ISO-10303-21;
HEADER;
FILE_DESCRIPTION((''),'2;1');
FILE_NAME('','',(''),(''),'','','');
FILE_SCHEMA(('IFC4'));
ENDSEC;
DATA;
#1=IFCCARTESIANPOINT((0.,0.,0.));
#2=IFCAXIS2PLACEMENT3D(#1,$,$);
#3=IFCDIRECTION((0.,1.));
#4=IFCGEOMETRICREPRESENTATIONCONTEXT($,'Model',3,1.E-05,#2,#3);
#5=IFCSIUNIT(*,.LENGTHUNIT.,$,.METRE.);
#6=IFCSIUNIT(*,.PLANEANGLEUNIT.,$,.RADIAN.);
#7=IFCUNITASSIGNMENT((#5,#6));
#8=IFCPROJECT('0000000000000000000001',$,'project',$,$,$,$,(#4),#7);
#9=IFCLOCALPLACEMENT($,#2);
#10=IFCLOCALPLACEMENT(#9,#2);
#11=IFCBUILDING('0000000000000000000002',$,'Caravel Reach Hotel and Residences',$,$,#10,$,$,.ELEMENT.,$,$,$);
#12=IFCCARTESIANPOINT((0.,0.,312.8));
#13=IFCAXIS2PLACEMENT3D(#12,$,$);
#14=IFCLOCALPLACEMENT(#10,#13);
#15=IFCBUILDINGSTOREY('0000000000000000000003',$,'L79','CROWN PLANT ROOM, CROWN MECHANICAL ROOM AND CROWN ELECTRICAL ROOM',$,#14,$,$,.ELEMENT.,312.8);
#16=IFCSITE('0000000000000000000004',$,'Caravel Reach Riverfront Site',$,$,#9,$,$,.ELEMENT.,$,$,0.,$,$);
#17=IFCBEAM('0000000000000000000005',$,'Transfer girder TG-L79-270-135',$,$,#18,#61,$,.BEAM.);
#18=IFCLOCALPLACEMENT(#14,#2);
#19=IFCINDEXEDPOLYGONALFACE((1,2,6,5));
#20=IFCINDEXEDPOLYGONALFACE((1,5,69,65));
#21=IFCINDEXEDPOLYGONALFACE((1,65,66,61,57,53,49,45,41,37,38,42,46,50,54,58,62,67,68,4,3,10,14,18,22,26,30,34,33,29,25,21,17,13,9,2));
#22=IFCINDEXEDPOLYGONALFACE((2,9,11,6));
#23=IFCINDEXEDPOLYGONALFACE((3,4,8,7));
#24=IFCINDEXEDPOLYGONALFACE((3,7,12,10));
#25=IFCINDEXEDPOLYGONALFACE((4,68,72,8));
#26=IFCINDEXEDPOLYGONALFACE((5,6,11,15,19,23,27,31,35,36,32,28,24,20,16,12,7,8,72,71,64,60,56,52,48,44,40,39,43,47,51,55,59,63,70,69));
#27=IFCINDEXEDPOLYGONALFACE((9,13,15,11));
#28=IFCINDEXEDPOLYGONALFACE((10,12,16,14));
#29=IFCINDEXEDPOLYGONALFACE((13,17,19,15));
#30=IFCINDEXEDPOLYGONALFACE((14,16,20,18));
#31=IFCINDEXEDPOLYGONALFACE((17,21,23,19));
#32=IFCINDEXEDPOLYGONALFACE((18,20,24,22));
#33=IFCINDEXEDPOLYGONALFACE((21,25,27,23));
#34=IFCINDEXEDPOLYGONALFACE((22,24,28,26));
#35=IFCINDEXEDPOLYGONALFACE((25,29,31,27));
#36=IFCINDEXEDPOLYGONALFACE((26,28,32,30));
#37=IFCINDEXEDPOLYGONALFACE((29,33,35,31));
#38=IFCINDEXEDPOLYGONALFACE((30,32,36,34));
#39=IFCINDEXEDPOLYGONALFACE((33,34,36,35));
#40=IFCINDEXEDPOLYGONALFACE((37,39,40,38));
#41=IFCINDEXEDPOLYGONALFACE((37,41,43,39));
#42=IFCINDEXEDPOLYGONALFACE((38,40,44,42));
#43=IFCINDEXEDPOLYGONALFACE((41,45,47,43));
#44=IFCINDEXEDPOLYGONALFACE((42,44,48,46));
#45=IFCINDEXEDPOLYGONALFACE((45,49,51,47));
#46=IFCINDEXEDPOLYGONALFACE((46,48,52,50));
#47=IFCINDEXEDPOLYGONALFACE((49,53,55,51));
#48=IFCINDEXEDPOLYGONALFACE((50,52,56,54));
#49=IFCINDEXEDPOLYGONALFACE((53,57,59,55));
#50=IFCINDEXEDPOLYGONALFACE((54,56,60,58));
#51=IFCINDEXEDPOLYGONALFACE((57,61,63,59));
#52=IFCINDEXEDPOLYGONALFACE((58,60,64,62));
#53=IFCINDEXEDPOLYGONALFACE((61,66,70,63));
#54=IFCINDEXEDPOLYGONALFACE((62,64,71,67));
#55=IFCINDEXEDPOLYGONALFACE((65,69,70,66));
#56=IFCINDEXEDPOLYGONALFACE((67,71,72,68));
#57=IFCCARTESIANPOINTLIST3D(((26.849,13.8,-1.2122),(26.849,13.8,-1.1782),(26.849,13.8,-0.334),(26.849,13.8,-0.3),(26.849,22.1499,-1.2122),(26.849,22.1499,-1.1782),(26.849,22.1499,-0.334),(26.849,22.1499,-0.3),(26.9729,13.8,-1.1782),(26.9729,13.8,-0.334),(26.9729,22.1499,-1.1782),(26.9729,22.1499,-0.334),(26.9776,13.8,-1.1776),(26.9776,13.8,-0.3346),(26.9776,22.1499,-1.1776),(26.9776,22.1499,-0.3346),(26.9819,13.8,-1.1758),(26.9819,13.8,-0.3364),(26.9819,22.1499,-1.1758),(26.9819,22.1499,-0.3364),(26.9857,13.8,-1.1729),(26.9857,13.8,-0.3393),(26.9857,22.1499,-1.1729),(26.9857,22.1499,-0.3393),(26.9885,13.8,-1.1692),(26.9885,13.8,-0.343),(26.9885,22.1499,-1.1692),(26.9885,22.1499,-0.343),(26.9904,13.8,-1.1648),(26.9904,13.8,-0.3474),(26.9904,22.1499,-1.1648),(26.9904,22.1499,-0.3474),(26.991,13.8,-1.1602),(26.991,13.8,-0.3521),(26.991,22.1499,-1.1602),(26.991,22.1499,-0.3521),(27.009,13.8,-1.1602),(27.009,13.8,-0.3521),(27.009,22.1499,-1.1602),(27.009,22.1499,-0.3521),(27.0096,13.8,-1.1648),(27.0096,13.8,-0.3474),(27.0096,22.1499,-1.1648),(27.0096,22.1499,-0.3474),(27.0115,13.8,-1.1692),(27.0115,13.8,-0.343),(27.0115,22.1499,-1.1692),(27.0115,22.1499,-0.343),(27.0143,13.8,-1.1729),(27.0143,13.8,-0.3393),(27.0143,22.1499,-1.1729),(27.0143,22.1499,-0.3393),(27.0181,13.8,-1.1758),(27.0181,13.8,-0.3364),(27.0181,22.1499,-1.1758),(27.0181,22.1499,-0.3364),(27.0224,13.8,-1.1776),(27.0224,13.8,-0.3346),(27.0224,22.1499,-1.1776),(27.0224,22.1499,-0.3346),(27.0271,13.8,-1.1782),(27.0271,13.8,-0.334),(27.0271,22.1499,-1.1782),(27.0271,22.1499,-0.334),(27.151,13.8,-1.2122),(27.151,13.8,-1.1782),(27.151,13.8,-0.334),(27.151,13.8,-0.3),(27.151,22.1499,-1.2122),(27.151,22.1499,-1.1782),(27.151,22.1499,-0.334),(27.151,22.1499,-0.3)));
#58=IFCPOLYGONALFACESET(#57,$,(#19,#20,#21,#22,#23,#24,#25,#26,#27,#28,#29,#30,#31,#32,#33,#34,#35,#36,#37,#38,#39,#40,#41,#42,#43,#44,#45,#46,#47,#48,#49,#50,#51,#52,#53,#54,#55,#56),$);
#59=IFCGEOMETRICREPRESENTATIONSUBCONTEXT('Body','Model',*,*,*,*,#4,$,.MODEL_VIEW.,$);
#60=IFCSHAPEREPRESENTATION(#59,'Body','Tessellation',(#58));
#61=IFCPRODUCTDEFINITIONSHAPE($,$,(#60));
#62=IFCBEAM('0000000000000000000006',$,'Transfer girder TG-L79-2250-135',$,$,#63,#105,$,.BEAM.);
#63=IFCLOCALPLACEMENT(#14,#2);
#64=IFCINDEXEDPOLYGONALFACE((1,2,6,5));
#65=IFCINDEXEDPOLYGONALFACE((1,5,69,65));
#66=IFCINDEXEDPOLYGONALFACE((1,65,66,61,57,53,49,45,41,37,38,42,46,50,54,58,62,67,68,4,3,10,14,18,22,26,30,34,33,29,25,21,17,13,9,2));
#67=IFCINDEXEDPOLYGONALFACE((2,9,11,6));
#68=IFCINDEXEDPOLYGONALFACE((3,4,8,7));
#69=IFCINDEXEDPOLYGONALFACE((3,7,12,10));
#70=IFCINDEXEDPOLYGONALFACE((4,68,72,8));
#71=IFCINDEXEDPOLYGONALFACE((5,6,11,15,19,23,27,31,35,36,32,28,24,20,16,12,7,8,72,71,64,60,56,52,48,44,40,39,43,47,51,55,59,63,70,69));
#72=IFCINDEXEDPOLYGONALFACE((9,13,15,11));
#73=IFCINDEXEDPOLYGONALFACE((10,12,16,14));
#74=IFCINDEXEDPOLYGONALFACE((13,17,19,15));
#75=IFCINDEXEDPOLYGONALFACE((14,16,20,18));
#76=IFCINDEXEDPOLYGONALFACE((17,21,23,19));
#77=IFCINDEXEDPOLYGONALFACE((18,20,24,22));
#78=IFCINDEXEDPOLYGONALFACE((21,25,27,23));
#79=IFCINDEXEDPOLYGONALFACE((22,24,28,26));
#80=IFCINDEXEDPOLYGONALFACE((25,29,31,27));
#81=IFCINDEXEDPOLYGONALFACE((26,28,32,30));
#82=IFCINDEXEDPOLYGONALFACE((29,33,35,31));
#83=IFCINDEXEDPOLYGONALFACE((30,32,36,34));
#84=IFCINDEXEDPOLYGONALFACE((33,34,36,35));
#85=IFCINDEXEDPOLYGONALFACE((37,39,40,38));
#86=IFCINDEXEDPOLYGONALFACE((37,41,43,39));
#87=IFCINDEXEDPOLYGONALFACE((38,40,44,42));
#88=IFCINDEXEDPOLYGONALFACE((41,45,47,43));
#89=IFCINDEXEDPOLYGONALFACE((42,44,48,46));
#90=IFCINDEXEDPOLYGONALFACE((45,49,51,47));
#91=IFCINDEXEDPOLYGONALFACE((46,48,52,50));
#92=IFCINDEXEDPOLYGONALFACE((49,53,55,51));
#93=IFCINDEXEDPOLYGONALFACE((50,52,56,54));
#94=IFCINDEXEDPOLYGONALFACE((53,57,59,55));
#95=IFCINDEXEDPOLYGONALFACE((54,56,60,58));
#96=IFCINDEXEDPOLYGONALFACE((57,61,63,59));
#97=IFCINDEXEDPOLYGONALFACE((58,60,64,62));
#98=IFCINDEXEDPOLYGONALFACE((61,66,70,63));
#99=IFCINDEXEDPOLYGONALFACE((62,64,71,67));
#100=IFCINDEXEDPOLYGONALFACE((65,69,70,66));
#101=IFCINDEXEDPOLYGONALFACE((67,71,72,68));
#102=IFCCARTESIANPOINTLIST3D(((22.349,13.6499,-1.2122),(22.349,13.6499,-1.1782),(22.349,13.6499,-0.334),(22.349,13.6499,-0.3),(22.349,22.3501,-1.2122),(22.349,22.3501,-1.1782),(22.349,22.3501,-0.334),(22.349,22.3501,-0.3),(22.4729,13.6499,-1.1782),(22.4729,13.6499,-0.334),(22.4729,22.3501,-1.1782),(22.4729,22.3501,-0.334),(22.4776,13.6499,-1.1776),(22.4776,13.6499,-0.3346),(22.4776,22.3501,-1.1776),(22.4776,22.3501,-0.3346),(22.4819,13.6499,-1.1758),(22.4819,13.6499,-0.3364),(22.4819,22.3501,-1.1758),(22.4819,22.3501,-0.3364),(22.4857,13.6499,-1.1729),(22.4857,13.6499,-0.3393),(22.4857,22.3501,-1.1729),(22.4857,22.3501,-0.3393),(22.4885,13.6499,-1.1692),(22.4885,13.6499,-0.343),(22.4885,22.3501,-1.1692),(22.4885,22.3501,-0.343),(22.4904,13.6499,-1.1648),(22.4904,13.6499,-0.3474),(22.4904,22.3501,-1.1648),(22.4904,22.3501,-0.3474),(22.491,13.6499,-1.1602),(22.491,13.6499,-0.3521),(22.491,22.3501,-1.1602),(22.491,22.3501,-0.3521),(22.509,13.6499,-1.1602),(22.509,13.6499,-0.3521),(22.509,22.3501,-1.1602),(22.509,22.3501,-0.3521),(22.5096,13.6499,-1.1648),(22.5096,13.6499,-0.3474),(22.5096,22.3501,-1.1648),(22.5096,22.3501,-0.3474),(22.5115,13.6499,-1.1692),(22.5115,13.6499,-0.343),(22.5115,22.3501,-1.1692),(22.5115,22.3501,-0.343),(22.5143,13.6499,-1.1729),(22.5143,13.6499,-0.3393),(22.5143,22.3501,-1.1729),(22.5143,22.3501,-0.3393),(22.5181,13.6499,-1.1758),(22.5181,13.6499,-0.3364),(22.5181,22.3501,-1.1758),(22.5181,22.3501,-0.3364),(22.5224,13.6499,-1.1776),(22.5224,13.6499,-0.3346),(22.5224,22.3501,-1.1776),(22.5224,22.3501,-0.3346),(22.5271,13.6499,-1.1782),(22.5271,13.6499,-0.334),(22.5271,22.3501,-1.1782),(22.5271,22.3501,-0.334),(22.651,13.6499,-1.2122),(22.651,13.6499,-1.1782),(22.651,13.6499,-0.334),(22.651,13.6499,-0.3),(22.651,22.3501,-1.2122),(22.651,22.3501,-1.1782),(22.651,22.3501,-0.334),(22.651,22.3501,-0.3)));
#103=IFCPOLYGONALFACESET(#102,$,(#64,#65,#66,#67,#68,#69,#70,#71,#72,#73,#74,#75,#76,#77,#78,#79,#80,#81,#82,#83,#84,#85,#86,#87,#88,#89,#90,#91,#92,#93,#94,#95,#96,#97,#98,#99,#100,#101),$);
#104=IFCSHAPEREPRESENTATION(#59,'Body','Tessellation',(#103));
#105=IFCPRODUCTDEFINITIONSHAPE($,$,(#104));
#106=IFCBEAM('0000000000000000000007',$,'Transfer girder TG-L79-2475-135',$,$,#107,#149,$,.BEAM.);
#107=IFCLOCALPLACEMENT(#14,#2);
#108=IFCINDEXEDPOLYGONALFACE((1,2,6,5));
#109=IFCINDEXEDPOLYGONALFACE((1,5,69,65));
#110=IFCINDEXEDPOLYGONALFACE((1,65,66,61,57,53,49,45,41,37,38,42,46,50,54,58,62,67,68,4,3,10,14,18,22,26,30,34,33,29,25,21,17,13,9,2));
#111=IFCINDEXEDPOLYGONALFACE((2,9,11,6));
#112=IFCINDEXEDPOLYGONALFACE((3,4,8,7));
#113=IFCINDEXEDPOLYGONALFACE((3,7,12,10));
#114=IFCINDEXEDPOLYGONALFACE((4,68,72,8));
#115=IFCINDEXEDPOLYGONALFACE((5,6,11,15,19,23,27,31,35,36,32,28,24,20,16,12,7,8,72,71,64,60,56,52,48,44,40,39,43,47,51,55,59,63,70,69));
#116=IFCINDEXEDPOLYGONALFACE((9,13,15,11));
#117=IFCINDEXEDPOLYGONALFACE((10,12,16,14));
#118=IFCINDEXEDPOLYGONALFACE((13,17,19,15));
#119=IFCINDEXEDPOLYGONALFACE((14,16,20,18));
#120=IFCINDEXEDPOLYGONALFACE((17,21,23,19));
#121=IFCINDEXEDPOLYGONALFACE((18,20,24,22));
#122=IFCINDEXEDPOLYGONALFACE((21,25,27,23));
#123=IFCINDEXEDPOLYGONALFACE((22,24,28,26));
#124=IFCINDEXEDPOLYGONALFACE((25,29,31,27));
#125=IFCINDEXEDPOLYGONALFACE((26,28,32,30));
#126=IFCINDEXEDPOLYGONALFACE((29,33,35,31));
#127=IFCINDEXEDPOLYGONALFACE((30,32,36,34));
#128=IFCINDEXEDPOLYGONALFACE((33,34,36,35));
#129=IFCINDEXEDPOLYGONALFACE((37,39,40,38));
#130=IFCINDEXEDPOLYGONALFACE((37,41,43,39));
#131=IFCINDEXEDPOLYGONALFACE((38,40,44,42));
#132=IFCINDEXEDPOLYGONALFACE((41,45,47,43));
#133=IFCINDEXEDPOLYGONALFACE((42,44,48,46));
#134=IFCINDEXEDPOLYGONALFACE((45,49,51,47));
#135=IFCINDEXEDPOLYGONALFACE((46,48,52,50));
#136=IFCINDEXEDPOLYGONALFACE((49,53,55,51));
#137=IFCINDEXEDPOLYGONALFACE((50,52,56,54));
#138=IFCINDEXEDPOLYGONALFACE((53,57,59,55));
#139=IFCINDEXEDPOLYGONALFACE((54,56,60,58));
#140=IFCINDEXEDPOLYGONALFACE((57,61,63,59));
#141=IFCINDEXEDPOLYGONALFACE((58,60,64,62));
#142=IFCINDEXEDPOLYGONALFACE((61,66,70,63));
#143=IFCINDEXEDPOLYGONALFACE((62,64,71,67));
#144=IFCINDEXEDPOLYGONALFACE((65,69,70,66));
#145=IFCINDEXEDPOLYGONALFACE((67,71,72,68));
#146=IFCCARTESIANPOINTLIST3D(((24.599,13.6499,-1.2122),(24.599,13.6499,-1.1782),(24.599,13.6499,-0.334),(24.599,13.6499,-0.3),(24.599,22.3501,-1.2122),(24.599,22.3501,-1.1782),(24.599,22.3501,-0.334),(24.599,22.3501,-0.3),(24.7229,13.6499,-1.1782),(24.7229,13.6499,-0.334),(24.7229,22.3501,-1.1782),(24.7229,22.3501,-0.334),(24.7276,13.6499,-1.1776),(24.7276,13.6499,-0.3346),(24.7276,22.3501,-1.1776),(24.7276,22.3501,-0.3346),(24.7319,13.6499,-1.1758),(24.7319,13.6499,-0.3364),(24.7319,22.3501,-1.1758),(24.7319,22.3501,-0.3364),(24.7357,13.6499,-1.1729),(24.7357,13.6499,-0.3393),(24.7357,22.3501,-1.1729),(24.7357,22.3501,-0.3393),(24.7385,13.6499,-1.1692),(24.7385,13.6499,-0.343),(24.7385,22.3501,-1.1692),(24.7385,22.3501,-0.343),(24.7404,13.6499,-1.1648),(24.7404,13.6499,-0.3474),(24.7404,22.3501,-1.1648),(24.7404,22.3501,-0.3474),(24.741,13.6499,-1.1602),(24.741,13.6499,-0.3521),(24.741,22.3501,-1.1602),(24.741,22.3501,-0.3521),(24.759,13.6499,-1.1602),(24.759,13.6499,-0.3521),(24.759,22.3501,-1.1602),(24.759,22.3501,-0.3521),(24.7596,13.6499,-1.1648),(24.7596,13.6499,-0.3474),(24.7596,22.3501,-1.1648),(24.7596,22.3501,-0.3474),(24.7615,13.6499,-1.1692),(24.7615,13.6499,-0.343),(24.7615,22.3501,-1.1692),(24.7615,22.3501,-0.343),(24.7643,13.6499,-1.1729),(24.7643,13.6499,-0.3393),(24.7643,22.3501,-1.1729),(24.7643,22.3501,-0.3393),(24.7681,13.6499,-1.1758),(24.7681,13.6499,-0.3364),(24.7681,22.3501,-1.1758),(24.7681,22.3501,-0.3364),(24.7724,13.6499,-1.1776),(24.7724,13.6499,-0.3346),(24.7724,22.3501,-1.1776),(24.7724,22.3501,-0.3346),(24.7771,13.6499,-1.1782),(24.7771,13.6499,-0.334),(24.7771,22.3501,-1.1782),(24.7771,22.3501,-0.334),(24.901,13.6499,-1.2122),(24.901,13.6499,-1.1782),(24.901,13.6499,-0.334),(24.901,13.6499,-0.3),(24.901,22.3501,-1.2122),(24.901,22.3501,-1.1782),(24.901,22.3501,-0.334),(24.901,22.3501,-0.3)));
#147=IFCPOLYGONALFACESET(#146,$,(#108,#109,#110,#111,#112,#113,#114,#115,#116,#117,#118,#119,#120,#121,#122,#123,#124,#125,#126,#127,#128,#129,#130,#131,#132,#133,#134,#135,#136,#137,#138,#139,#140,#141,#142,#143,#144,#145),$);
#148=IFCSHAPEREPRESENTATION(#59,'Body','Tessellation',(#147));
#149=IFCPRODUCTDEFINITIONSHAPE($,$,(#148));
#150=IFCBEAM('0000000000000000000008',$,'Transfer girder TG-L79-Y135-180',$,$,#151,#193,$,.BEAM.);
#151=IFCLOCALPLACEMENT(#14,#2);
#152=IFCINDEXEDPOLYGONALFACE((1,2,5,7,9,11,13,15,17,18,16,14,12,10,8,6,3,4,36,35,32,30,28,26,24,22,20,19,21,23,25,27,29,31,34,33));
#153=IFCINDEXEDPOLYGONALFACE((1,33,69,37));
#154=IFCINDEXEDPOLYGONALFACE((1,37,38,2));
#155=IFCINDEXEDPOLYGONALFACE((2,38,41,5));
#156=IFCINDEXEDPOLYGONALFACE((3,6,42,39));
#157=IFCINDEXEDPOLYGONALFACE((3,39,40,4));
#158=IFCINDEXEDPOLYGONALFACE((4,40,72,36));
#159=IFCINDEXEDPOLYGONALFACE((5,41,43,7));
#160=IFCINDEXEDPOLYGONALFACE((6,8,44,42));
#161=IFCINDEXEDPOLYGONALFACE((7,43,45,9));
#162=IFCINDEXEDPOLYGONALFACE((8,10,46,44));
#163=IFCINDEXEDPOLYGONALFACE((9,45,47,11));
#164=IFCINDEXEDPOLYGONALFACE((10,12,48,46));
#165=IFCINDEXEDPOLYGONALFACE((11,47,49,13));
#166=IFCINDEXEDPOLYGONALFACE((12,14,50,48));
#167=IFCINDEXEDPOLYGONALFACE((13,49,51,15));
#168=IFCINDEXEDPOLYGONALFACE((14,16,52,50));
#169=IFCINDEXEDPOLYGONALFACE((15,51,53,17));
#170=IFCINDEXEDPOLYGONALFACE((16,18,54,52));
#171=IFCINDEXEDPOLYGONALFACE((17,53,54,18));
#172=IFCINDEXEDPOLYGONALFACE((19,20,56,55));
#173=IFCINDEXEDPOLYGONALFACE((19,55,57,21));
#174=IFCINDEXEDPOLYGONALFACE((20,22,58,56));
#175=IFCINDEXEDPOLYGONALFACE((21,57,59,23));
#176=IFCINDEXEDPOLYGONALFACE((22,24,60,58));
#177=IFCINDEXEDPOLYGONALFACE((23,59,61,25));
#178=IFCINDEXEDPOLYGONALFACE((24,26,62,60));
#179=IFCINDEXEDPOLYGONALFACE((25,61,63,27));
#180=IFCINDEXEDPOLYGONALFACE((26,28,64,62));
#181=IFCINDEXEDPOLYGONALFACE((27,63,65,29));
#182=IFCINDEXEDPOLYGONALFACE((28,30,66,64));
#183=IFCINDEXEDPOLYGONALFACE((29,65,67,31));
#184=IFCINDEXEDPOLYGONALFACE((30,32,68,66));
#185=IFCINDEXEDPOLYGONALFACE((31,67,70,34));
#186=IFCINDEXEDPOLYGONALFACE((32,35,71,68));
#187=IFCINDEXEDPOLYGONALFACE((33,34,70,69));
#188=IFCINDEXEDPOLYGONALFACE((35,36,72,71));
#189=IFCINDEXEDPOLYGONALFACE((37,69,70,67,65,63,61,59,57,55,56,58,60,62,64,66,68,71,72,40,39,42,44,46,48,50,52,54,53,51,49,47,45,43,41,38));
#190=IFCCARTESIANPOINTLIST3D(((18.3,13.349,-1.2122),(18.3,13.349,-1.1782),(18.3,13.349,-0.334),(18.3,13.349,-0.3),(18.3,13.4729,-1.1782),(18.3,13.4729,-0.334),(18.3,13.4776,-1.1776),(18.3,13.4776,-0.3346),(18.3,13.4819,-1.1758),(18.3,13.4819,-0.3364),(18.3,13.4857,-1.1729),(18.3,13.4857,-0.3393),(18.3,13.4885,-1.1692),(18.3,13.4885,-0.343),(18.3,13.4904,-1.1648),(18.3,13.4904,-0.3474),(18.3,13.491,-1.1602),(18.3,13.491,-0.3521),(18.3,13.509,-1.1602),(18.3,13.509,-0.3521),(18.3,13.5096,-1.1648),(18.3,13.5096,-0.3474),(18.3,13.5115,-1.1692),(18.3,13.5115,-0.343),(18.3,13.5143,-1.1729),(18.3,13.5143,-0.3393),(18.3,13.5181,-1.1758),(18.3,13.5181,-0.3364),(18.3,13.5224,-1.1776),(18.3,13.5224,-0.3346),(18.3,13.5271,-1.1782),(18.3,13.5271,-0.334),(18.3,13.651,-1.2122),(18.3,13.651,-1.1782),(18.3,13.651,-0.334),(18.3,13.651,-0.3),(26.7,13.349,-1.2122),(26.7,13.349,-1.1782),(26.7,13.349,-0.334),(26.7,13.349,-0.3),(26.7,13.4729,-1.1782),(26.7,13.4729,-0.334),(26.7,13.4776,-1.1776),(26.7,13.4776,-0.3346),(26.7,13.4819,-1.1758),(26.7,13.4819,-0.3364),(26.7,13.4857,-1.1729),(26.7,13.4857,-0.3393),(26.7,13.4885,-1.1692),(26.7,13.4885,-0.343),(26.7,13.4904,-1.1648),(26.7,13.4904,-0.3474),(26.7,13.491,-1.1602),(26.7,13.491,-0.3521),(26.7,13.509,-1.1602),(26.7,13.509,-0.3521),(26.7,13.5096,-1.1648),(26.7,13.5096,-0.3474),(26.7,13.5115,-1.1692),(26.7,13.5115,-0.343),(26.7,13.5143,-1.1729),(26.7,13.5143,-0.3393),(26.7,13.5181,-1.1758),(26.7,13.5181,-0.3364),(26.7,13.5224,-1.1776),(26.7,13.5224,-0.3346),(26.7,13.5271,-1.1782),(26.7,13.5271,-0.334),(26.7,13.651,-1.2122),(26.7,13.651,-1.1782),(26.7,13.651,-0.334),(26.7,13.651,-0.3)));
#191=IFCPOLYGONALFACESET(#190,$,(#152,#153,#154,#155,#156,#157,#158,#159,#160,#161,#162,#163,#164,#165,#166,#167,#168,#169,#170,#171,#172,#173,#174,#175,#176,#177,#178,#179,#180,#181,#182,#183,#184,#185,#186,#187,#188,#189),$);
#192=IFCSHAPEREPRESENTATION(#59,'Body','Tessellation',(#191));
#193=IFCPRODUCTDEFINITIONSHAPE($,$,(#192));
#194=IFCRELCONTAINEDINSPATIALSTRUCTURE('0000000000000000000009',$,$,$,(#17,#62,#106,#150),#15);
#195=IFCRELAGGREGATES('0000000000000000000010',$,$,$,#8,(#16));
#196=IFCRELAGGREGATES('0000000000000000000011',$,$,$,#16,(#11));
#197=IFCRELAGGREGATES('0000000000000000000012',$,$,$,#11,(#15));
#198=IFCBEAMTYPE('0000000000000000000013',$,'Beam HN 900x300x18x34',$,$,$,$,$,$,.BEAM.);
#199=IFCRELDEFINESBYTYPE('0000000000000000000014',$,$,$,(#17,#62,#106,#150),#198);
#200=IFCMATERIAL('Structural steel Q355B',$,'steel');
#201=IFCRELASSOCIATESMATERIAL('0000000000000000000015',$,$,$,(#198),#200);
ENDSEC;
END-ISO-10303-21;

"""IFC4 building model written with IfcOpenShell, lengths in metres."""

from ifc_helpers import new_model, si_unit, direction, frame, origin, origin_2d, place, context, subcontext, project, spatial, i_section, extrude, material, material_profile, profile_set, type_object, element, save


model = new_model("IFC4")

# Units and contexts
model_context = context("Model", 3, precision=1e-05, world=origin(), true_north=direction((0.0, 1.0)))
body_context = subcontext(model_context, "Body", "Model", "MODEL_VIEW")
ifc_project = project(units=[si_unit("LENGTHUNIT", "METRE"), si_unit("PLANEANGLEUNIT", "RADIAN")], contexts=[model_context])

# Site, building, storey
site_placement = place(None, origin())
site = spatial("IfcSite", under=ifc_project, at=site_placement, Name="Caravel Reach Riverfront Site", CompositionType="ELEMENT", RefElevation=0.0)
building_placement = place(site_placement, origin())
building = spatial("IfcBuilding", under=site, at=building_placement, Name="Caravel Reach Hotel and Residences", CompositionType="ELEMENT")
storey_placement = place(building_placement, frame((0.0, 0.0, 312.8)))
storey = spatial("IfcBuildingStorey", under=building, at=storey_placement, Name="L79", Description="CROWN PLANT ROOM, CROWN MECHANICAL ROOM AND CROWN ELECTRICAL ROOM", CompositionType="ELEMENT", Elevation=312.8)

# Beams
ifc_material_1 = material(Name="Structural steel Q355B", Category="steel")
ifc_material_profile_1 = material_profile(ifc_material_1, i_section(OverallWidth=0.302, OverallDepth=0.9121, WebThickness=0.0181, FlangeThickness=0.0339, FilletRadius=0.0181, at=origin_2d()), Name="HN 900x300x18x34")
ifc_profile_set_1 = profile_set([ifc_material_profile_1], Name="Structural steel Q355B")
beam_type = type_object("IfcBeamType", Name="Beam HN 900x300x18x34", PredefinedType="BEAM", material=ifc_profile_set_1)
beam_1_placement = place(storey_placement, frame((27.0, 13.8, -0.7561), z_axis=(0.0, 1.0, 0.0), x_axis=(-1.0, 0.0, 0.0)))
element("IfcBeam", 1, at=beam_1_placement, inside=storey, type_object=beam_type, Name="Transfer girder TG-L79-270-135", PredefinedType="BEAM", context=body_context, shape_type="SweptSolid", body=[
    extrude(i_section(OverallWidth=0.302, OverallDepth=0.9121, WebThickness=0.0181, FlangeThickness=0.0339, FilletRadius=0.0181, at=origin_2d()), origin(), (0.0, 0.0, 1.0), 8.3499),
])
for number, where, z_axis, x_axis, name in (
    (2, (22.5, 13.6499, -0.7561), (0.0, 1.0, 0.0), (-1.0, 0.0, 0.0), "Transfer girder TG-L79-2250-135"),
    (3, (24.75, 13.6499, -0.7561), (0.0, 1.0, 0.0), (-1.0, 0.0, 0.0), "Transfer girder TG-L79-2475-135"),
):
    element("IfcBeam", number, at=place(storey_placement, frame(where, z_axis=z_axis, x_axis=x_axis)), inside=storey, type_object=beam_type, Name=name, PredefinedType="BEAM", context=body_context, shape_type="SweptSolid", body=[
        extrude(i_section(OverallWidth=0.302, OverallDepth=0.9121, WebThickness=0.0181, FlangeThickness=0.0339, FilletRadius=0.0181, at=origin_2d()), origin(), (0.0, 0.0, 1.0), 8.7002),
    ])
for number, where, z_axis, x_axis, name in (
    (4, (18.3, 13.5, -0.7561), (1.0, 0.0, 0.0), (0.0, 1.0, 0.0), "Transfer girder TG-L79-Y135-180"),
):
    element("IfcBeam", number, at=place(storey_placement, frame(where, z_axis=z_axis, x_axis=x_axis)), inside=storey, type_object=beam_type, Name=name, PredefinedType="BEAM", context=body_context, shape_type="SweptSolid", body=[
        extrude(i_section(OverallWidth=0.302, OverallDepth=0.9121, WebThickness=0.0181, FlangeThickness=0.0339, FilletRadius=0.0181, at=origin_2d()), origin(), (0.0, 0.0, 1.0), 8.3999),
    ])

save(model, "model.ifc")
